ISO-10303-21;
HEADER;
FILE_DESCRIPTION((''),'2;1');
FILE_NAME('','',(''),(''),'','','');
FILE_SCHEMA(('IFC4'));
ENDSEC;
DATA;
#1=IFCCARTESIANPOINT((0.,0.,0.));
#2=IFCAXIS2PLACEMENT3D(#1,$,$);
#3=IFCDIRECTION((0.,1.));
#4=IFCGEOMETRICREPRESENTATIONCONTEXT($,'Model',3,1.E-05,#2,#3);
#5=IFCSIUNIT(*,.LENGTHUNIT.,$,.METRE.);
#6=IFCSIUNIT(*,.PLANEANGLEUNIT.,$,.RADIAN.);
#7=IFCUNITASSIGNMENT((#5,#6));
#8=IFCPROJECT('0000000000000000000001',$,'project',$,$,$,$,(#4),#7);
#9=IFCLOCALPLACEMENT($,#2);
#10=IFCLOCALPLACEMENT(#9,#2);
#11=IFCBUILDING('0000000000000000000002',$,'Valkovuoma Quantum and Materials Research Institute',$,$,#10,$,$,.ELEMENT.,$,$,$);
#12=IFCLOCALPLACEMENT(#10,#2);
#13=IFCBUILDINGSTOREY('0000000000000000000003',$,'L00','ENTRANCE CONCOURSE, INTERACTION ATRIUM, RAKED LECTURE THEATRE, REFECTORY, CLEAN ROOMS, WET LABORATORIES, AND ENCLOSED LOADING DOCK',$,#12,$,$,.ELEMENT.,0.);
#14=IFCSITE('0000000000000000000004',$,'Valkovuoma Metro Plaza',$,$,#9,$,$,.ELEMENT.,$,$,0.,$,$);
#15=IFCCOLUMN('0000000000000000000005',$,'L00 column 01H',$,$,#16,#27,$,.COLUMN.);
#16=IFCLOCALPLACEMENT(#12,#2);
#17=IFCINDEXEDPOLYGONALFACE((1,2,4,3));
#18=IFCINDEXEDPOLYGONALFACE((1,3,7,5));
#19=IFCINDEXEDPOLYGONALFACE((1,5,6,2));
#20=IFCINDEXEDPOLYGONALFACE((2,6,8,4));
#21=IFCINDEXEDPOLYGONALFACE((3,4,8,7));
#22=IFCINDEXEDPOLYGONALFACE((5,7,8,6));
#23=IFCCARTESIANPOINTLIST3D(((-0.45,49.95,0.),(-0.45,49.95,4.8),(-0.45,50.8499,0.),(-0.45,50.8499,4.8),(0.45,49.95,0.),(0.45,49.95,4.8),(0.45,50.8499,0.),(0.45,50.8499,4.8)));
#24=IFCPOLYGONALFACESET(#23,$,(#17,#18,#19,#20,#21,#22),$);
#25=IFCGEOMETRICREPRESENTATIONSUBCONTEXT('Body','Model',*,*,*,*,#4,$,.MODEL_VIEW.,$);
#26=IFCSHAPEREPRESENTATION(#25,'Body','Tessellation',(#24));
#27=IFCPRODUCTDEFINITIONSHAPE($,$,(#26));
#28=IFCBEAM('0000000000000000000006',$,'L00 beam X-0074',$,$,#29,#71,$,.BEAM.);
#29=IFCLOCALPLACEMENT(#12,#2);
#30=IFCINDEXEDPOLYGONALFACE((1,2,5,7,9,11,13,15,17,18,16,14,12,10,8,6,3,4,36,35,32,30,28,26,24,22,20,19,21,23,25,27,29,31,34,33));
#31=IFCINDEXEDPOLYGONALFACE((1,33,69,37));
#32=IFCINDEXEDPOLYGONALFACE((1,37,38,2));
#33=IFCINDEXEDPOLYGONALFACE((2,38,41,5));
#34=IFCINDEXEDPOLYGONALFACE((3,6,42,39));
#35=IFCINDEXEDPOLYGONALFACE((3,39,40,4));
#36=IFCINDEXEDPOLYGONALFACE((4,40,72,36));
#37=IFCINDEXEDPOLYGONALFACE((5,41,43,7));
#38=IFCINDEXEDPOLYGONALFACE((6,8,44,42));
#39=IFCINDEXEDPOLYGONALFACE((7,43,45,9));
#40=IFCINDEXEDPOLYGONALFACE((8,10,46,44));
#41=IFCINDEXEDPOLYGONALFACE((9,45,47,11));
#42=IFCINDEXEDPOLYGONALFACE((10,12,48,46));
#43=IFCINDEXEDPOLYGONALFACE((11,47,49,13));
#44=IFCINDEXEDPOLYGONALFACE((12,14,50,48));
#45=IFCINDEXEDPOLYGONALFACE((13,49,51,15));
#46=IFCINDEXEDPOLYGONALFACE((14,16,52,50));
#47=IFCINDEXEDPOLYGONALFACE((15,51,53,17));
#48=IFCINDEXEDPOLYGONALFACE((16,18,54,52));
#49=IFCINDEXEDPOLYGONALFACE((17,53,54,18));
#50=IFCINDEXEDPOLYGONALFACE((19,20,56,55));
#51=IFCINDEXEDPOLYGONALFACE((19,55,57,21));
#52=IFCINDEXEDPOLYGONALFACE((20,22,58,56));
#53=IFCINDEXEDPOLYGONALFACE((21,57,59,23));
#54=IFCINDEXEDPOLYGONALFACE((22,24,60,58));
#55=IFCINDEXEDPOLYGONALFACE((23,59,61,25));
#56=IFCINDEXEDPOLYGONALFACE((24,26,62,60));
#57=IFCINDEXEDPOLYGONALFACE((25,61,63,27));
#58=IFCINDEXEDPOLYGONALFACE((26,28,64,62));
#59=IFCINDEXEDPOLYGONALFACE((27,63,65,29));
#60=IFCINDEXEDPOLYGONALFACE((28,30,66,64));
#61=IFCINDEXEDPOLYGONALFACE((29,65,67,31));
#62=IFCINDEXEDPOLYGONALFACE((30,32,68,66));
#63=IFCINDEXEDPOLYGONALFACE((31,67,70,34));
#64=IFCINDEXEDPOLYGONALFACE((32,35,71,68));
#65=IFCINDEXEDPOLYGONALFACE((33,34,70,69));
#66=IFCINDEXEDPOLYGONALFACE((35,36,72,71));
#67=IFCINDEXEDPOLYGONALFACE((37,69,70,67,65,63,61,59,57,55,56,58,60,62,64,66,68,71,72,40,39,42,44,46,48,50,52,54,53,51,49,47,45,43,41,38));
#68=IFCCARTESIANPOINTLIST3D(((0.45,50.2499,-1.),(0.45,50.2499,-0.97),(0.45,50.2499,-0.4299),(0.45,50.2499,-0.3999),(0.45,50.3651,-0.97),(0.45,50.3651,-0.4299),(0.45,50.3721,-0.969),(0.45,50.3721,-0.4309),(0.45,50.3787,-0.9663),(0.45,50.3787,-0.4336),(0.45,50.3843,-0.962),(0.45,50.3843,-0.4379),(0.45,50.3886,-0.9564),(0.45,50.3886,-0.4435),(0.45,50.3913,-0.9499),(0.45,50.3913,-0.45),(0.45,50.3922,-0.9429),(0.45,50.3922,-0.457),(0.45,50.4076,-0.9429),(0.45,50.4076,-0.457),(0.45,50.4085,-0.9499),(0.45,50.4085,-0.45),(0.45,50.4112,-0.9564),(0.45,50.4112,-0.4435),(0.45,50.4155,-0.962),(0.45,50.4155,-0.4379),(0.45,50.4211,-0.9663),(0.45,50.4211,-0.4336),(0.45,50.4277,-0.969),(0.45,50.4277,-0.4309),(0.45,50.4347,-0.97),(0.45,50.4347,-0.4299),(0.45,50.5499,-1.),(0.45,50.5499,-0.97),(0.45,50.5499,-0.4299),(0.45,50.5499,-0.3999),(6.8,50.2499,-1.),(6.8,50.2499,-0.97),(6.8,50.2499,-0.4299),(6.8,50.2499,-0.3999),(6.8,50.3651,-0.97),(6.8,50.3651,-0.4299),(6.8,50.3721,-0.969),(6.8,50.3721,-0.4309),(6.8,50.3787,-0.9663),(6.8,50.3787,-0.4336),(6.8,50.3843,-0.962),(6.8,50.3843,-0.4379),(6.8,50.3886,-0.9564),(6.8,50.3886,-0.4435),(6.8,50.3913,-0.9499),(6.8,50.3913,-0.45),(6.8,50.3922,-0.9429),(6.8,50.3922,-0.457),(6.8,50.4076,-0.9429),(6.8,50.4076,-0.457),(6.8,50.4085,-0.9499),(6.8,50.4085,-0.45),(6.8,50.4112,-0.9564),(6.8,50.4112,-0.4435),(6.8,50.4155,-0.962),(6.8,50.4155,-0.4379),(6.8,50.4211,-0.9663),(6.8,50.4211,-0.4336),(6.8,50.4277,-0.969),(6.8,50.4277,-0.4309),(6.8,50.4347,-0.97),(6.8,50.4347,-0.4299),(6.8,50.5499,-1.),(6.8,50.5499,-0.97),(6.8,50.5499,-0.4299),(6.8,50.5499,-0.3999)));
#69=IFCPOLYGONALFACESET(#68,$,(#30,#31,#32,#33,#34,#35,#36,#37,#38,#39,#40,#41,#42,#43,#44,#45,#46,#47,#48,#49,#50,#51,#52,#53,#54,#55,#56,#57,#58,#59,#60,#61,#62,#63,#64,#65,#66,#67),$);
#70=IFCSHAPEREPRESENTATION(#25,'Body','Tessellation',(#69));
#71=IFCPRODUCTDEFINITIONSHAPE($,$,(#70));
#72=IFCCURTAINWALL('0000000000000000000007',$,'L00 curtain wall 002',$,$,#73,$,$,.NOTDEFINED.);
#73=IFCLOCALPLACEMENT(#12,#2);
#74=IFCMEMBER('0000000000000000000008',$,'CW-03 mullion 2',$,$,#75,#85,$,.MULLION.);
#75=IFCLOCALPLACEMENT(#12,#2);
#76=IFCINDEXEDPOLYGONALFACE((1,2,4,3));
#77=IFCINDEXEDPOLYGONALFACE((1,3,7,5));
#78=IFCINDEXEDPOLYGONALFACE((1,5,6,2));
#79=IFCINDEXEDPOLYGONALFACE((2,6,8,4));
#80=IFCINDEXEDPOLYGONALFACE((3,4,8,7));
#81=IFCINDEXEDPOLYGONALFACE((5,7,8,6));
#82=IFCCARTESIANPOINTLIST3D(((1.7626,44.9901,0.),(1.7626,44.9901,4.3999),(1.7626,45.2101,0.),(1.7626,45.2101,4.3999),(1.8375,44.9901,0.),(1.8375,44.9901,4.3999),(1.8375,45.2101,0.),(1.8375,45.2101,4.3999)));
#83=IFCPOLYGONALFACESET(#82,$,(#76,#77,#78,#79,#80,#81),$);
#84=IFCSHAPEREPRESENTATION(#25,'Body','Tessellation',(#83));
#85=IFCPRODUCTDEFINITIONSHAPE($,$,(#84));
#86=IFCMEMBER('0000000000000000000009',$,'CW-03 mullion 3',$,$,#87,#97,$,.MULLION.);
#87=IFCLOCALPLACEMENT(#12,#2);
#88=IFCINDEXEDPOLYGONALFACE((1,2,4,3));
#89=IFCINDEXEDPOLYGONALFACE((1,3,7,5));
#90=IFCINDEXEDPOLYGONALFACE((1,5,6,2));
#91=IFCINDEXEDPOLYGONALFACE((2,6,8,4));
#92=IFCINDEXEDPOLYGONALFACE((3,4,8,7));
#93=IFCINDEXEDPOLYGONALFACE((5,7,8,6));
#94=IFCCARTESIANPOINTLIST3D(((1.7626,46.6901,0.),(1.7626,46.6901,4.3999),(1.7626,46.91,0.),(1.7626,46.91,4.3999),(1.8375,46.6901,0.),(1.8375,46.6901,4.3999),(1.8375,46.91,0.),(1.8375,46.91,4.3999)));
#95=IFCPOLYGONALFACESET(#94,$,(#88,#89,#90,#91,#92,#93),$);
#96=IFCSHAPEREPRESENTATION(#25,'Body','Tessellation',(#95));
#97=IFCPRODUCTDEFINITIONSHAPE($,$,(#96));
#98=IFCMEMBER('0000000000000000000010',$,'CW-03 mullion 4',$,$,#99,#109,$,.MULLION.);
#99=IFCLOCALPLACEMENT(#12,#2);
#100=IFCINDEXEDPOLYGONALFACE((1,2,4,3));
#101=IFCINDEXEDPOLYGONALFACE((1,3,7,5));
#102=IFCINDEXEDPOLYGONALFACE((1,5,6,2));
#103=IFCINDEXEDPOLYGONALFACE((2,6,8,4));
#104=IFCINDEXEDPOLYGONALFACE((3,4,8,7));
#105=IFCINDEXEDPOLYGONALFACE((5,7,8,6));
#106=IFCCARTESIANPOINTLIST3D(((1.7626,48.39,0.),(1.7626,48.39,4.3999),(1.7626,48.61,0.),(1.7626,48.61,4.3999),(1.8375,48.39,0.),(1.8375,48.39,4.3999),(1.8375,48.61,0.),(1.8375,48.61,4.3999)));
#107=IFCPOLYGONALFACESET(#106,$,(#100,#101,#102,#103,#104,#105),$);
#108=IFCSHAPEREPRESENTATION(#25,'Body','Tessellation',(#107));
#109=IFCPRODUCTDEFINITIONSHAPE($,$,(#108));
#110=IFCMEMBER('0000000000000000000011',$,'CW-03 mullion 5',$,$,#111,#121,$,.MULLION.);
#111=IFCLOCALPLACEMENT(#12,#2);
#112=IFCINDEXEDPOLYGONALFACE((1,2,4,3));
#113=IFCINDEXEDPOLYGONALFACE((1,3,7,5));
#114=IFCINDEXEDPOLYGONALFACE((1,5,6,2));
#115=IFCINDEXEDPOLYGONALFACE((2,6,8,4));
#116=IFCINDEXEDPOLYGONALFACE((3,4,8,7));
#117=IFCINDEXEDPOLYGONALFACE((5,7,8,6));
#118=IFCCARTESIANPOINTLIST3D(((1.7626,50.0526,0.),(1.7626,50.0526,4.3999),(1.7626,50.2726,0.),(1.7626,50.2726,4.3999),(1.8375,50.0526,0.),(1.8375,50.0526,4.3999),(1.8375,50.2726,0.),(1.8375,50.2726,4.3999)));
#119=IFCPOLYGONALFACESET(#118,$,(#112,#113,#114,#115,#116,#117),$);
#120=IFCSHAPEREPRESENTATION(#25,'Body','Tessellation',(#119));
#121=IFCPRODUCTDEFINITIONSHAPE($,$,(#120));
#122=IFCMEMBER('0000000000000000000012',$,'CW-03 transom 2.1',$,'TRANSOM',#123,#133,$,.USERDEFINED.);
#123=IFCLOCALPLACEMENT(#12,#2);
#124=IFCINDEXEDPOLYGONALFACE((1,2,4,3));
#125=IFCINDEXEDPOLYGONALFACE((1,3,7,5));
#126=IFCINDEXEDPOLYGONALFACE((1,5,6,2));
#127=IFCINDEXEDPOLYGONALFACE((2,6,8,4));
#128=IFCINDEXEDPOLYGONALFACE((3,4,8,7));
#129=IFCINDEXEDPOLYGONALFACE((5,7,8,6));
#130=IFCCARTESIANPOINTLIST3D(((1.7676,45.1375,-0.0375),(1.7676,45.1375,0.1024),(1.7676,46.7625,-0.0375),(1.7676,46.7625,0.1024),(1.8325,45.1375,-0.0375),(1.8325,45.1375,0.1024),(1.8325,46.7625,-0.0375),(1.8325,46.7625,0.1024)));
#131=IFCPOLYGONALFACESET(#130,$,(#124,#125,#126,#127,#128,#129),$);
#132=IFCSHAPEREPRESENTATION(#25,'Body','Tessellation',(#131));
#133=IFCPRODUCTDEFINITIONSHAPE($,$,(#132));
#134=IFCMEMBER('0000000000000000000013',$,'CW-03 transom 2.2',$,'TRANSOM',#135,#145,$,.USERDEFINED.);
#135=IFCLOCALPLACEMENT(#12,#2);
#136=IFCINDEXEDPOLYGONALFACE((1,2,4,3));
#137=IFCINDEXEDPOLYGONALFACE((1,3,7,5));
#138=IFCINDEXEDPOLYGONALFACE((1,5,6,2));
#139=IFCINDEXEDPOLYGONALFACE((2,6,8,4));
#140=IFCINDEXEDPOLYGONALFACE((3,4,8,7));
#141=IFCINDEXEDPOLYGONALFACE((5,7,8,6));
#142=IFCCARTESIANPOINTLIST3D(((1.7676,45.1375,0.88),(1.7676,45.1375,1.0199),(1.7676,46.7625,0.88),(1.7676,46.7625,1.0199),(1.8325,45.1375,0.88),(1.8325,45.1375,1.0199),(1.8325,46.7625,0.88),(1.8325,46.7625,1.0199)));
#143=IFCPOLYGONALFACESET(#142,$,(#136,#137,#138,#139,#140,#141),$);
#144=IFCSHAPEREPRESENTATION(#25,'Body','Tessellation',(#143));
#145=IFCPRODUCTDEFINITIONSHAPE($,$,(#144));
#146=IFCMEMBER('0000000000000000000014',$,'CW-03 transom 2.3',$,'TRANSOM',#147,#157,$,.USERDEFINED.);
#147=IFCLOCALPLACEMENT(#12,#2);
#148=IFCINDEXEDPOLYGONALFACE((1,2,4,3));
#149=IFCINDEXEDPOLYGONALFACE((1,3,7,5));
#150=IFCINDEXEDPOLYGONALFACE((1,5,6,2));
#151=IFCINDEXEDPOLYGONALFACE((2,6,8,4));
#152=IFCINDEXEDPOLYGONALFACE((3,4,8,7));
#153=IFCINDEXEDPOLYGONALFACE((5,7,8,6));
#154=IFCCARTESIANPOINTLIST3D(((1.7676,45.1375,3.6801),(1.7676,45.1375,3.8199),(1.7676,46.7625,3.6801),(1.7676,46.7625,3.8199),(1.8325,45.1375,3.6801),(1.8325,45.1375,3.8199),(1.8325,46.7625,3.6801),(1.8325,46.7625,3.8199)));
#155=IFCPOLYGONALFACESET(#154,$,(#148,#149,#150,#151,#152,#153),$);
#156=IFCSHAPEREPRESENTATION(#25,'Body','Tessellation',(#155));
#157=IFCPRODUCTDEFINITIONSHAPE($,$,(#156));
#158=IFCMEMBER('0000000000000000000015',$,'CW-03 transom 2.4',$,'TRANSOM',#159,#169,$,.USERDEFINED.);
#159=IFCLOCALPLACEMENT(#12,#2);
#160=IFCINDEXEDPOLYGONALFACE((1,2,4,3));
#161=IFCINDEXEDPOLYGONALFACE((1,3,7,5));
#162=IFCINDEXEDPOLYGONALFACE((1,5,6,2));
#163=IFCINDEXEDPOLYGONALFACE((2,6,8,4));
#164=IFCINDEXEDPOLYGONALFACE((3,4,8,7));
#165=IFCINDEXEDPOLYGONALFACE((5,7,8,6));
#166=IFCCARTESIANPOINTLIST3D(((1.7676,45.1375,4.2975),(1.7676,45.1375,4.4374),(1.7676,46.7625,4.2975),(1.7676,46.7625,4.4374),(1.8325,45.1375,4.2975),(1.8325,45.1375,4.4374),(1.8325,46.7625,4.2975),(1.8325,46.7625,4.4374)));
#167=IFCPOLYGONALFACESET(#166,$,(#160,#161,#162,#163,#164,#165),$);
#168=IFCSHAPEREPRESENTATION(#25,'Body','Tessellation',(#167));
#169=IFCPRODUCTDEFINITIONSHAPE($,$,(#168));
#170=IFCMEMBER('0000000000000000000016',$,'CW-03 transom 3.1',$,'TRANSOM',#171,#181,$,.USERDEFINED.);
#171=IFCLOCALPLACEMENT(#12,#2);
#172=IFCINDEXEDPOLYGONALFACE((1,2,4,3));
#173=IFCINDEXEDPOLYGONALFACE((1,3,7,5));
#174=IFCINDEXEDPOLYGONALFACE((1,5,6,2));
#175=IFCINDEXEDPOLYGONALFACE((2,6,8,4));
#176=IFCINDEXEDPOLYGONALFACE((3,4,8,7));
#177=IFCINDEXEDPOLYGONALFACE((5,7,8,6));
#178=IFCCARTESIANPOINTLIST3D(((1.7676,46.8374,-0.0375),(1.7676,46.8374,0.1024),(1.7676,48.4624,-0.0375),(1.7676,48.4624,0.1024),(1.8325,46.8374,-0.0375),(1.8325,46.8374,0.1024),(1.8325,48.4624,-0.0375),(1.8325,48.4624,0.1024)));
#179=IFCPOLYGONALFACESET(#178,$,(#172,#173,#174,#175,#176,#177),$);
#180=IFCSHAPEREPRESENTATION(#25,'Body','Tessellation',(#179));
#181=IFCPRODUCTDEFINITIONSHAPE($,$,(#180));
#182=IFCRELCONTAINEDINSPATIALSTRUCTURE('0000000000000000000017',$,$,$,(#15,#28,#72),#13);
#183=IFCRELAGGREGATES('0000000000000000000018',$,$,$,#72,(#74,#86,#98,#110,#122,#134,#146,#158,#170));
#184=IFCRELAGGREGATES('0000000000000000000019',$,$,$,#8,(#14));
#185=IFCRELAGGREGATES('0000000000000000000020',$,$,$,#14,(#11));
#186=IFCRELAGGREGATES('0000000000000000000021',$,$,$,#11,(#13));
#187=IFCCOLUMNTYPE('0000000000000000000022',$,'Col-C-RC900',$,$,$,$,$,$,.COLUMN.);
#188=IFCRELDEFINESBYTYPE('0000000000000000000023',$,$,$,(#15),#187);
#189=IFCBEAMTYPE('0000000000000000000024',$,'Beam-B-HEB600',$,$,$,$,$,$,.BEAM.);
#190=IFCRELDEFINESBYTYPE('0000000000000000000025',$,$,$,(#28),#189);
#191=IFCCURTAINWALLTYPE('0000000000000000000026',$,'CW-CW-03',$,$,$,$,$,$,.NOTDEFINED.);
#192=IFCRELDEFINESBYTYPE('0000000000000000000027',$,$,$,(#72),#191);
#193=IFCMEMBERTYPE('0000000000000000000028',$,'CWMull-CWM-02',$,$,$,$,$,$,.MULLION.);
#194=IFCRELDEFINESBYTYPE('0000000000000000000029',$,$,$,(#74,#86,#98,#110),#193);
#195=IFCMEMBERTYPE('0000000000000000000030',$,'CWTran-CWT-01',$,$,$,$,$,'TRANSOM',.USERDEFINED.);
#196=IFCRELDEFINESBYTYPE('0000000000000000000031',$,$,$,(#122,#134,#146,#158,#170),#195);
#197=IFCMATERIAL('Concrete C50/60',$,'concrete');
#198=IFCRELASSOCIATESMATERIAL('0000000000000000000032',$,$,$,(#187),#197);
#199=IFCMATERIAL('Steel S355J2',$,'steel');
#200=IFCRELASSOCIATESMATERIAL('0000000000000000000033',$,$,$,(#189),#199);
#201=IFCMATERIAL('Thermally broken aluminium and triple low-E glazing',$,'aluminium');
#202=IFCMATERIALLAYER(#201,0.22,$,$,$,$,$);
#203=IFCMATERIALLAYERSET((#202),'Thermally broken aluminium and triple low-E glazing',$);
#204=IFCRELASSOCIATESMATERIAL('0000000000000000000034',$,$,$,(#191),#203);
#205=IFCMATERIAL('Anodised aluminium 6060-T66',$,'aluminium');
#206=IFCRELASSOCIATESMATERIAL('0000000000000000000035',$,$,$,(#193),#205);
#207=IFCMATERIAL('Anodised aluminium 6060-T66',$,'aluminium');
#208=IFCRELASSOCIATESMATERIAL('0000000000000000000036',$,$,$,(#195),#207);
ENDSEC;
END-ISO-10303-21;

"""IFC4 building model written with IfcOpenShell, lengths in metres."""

from ifc_helpers import new_model, si_unit, direction, frame, origin, origin_2d, place, context, subcontext, project, spatial, rectangle, i_section, extrude, material, layer, layer_set, material_profile, profile_set, type_object, element, aggregate, save


model = new_model("IFC4")

# Units and contexts
model_context = context("Model", 3, precision=1e-05, world=origin(), true_north=direction((0.0, 1.0)))
body_context = subcontext(model_context, "Body", "Model", "MODEL_VIEW")
ifc_project = project(units=[si_unit("LENGTHUNIT", "METRE"), si_unit("PLANEANGLEUNIT", "RADIAN")], contexts=[model_context])

# Site, building, storey
site_placement = place(None, origin())
site = spatial("IfcSite", under=ifc_project, at=site_placement, Name="Valkovuoma Metro Plaza", CompositionType="ELEMENT", RefElevation=0.0)
building_placement = place(site_placement, origin())
building = spatial("IfcBuilding", under=site, at=building_placement, Name="Valkovuoma Quantum and Materials Research Institute", CompositionType="ELEMENT")
storey_placement = place(building_placement, origin())
storey = spatial("IfcBuildingStorey", under=building, at=storey_placement, Name="L00", Description="ENTRANCE CONCOURSE, INTERACTION ATRIUM, RAKED LECTURE THEATRE, REFECTORY, CLEAN ROOMS, WET LABORATORIES, AND ENCLOSED LOADING DOCK", CompositionType="ELEMENT", Elevation=0.0)

# Column
ifc_material_1 = material(Name="Concrete C50/60", Category="concrete")
ifc_material_profile_1 = material_profile(ifc_material_1, rectangle(XDim=0.8999, YDim=0.8999, at=origin_2d()), Name="Concrete C50/60")
ifc_profile_set_1 = profile_set([ifc_material_profile_1], Name="Concrete C50/60")
column_type = type_object("IfcColumnType", Name="Col-C-RC900", PredefinedType="COLUMN", material=ifc_profile_set_1)
column_placement = place(storey_placement, frame((0.0, 50.3999, 0.0), z_axis=(0.0, 0.0, 1.0), x_axis=(1.0, 0.0, 0.0)))
element("IfcColumn", 1, at=column_placement, inside=storey, type_object=column_type, Name="L00 column 01H", PredefinedType="COLUMN", context=body_context, shape_type="SweptSolid", body=[
    extrude(rectangle(XDim=0.8999, YDim=0.8999, at=origin_2d()), origin(), (0.0, 0.0, 1.0), 4.8),
])

# Beam
ifc_material_2 = material(Name="Steel S355J2", Category="steel")
ifc_material_profile_2 = material_profile(ifc_material_2, i_section(OverallWidth=0.3, OverallDepth=0.6001, WebThickness=0.0154, FlangeThickness=0.03, FilletRadius=0.0271, at=origin_2d()), Name="Steel S355J2")
ifc_profile_set_2 = profile_set([ifc_material_profile_2], Name="Steel S355J2")
beam_type = type_object("IfcBeamType", Name="Beam-B-HEB600", PredefinedType="BEAM", material=ifc_profile_set_2)
beam_placement = place(storey_placement, frame((0.45, 50.3999, -0.7), z_axis=(1.0, 0.0, 0.0), x_axis=(0.0, 1.0, 0.0)))
element("IfcBeam", 2, at=beam_placement, inside=storey, type_object=beam_type, Name="L00 beam X-0074", PredefinedType="BEAM", context=body_context, shape_type="SweptSolid", body=[
    extrude(i_section(OverallWidth=0.3, OverallDepth=0.6001, WebThickness=0.0154, FlangeThickness=0.03, FilletRadius=0.0271, at=origin_2d()), origin(), (0.0, 0.0, 1.0), 6.3501),
])

# Curtain wall, members
ifc_material_3 = material(Name="Thermally broken aluminium and triple low-E glazing", Category="aluminium")
ifc_layer_1 = layer(ifc_material_3, 0.22)
ifc_layer_set_1 = layer_set([ifc_layer_1], Name="Thermally broken aluminium and triple low-E glazing")
curtain_wall_type = type_object("IfcCurtainWallType", Name="CW-CW-03", PredefinedType="NOTDEFINED", material=ifc_layer_set_1)
curtain_wall_placement = place(storey_placement, origin())
curtain_wall = element("IfcCurtainWall", 3, at=curtain_wall_placement, inside=storey, type_object=curtain_wall_type, Name="L00 curtain wall 002", PredefinedType="NOTDEFINED")
ifc_material_4 = material(Name="Anodised aluminium 6060-T66", Category="aluminium")
ifc_material_profile_3 = material_profile(ifc_material_4, rectangle(XDim=0.075, YDim=0.22, at=origin_2d()), Name="Anodised aluminium 6060-T66")
ifc_profile_set_3 = profile_set([ifc_material_profile_3], Name="Anodised aluminium 6060-T66")
member_type_1 = type_object("IfcMemberType", Name="CWMull-CWM-02", PredefinedType="MULLION", material=ifc_profile_set_3)
member_1_placement = place(storey_placement, frame((1.8, 45.1001, 0.0), z_axis=(0.0, 0.0, 1.0), x_axis=(-1.0, 0.0, 0.0)))
member_1 = element("IfcMember", 4, at=member_1_placement, type_object=member_type_1, Name="CW-03 mullion 2", PredefinedType="MULLION", context=body_context, shape_type="SweptSolid", body=[
    extrude(rectangle(XDim=0.075, YDim=0.22, at=origin_2d()), origin(), (0.0, 0.0, 1.0), 4.3999),
])
member_2_placement = place(storey_placement, frame((1.8, 46.8, 0.0), z_axis=(0.0, 0.0, 1.0), x_axis=(-1.0, 0.0, 0.0)))
member_2 = element("IfcMember", 5, at=member_2_placement, type_object=member_type_1, Name="CW-03 mullion 3", PredefinedType="MULLION", context=body_context, shape_type="SweptSolid", body=[
    extrude(rectangle(XDim=0.075, YDim=0.22, at=origin_2d()), origin(), (0.0, 0.0, 1.0), 4.3999),
])
member_3_placement = place(storey_placement, frame((1.8, 48.5, 0.0), z_axis=(0.0, 0.0, 1.0), x_axis=(-1.0, 0.0, 0.0)))
member_3 = element("IfcMember", 6, at=member_3_placement, type_object=member_type_1, Name="CW-03 mullion 4", PredefinedType="MULLION", context=body_context, shape_type="SweptSolid", body=[
    extrude(rectangle(XDim=0.075, YDim=0.22, at=origin_2d()), origin(), (0.0, 0.0, 1.0), 4.3999),
])
member_4_placement = place(storey_placement, frame((1.8, 50.1626, 0.0), z_axis=(0.0, 0.0, 1.0), x_axis=(-1.0, 0.0, 0.0)))
member_4 = element("IfcMember", 7, at=member_4_placement, type_object=member_type_1, Name="CW-03 mullion 5", PredefinedType="MULLION", context=body_context, shape_type="SweptSolid", body=[
    extrude(rectangle(XDim=0.075, YDim=0.22, at=origin_2d()), origin(), (0.0, 0.0, 1.0), 4.3999),
])
ifc_material_5 = material(Name="Anodised aluminium 6060-T66", Category="aluminium")
ifc_material_profile_4 = material_profile(ifc_material_5, rectangle(XDim=0.0649, YDim=0.1399, at=origin_2d()), Name="Anodised aluminium 6060-T66")
ifc_profile_set_4 = profile_set([ifc_material_profile_4], Name="Anodised aluminium 6060-T66")
member_type_2 = type_object("IfcMemberType", Name="CWTran-CWT-01", ElementType="TRANSOM", PredefinedType="USERDEFINED", material=ifc_profile_set_4)
member_5_placement = place(storey_placement, frame((1.8, 45.1375, 0.0325), z_axis=(0.0, 1.0, 0.0), x_axis=(-1.0, 0.0, 0.0)))
member_5 = element("IfcMember", 8, at=member_5_placement, type_object=member_type_2, Name="CW-03 transom 2.1", ObjectType="TRANSOM", PredefinedType="USERDEFINED", context=body_context, shape_type="SweptSolid", body=[
    extrude(rectangle(XDim=0.0649, YDim=0.1399, at=origin_2d()), origin(), (0.0, 0.0, 1.0), 1.625),
])
member_6_placement = place(storey_placement, frame((1.8, 45.1375, 0.95), z_axis=(0.0, 1.0, 0.0), x_axis=(-1.0, 0.0, 0.0)))
member_6 = element("IfcMember", 9, at=member_6_placement, type_object=member_type_2, Name="CW-03 transom 2.2", ObjectType="TRANSOM", PredefinedType="USERDEFINED", context=body_context, shape_type="SweptSolid", body=[
    extrude(rectangle(XDim=0.0649, YDim=0.1399, at=origin_2d()), origin(), (0.0, 0.0, 1.0), 1.625),
])
member_7_placement = place(storey_placement, frame((1.8, 45.1375, 3.75), z_axis=(0.0, 1.0, 0.0), x_axis=(-1.0, 0.0, 0.0)))
member_7 = element("IfcMember", 10, at=member_7_placement, type_object=member_type_2, Name="CW-03 transom 2.3", ObjectType="TRANSOM", PredefinedType="USERDEFINED", context=body_context, shape_type="SweptSolid", body=[
    extrude(rectangle(XDim=0.0649, YDim=0.1399, at=origin_2d()), origin(), (0.0, 0.0, 1.0), 1.625),
])
member_8_placement = place(storey_placement, frame((1.8, 45.1375, 4.3674), z_axis=(0.0, 1.0, 0.0), x_axis=(-1.0, 0.0, 0.0)))
member_8 = element("IfcMember", 11, at=member_8_placement, type_object=member_type_2, Name="CW-03 transom 2.4", ObjectType="TRANSOM", PredefinedType="USERDEFINED", context=body_context, shape_type="SweptSolid", body=[
    extrude(rectangle(XDim=0.0649, YDim=0.1399, at=origin_2d()), origin(), (0.0, 0.0, 1.0), 1.625),
])
member_9_placement = place(storey_placement, frame((1.8, 46.8374, 0.0325), z_axis=(0.0, 1.0, 0.0), x_axis=(-1.0, 0.0, 0.0)))
member_9 = element("IfcMember", 12, at=member_9_placement, type_object=member_type_2, Name="CW-03 transom 3.1", ObjectType="TRANSOM", PredefinedType="USERDEFINED", context=body_context, shape_type="SweptSolid", body=[
    extrude(rectangle(XDim=0.0649, YDim=0.1399, at=origin_2d()), origin(), (0.0, 0.0, 1.0), 1.625),
])
aggregate(curtain_wall, [member_1, member_2, member_3, member_4, member_5, member_6, member_7, member_8, member_9])

save(model, "model.ifc")
